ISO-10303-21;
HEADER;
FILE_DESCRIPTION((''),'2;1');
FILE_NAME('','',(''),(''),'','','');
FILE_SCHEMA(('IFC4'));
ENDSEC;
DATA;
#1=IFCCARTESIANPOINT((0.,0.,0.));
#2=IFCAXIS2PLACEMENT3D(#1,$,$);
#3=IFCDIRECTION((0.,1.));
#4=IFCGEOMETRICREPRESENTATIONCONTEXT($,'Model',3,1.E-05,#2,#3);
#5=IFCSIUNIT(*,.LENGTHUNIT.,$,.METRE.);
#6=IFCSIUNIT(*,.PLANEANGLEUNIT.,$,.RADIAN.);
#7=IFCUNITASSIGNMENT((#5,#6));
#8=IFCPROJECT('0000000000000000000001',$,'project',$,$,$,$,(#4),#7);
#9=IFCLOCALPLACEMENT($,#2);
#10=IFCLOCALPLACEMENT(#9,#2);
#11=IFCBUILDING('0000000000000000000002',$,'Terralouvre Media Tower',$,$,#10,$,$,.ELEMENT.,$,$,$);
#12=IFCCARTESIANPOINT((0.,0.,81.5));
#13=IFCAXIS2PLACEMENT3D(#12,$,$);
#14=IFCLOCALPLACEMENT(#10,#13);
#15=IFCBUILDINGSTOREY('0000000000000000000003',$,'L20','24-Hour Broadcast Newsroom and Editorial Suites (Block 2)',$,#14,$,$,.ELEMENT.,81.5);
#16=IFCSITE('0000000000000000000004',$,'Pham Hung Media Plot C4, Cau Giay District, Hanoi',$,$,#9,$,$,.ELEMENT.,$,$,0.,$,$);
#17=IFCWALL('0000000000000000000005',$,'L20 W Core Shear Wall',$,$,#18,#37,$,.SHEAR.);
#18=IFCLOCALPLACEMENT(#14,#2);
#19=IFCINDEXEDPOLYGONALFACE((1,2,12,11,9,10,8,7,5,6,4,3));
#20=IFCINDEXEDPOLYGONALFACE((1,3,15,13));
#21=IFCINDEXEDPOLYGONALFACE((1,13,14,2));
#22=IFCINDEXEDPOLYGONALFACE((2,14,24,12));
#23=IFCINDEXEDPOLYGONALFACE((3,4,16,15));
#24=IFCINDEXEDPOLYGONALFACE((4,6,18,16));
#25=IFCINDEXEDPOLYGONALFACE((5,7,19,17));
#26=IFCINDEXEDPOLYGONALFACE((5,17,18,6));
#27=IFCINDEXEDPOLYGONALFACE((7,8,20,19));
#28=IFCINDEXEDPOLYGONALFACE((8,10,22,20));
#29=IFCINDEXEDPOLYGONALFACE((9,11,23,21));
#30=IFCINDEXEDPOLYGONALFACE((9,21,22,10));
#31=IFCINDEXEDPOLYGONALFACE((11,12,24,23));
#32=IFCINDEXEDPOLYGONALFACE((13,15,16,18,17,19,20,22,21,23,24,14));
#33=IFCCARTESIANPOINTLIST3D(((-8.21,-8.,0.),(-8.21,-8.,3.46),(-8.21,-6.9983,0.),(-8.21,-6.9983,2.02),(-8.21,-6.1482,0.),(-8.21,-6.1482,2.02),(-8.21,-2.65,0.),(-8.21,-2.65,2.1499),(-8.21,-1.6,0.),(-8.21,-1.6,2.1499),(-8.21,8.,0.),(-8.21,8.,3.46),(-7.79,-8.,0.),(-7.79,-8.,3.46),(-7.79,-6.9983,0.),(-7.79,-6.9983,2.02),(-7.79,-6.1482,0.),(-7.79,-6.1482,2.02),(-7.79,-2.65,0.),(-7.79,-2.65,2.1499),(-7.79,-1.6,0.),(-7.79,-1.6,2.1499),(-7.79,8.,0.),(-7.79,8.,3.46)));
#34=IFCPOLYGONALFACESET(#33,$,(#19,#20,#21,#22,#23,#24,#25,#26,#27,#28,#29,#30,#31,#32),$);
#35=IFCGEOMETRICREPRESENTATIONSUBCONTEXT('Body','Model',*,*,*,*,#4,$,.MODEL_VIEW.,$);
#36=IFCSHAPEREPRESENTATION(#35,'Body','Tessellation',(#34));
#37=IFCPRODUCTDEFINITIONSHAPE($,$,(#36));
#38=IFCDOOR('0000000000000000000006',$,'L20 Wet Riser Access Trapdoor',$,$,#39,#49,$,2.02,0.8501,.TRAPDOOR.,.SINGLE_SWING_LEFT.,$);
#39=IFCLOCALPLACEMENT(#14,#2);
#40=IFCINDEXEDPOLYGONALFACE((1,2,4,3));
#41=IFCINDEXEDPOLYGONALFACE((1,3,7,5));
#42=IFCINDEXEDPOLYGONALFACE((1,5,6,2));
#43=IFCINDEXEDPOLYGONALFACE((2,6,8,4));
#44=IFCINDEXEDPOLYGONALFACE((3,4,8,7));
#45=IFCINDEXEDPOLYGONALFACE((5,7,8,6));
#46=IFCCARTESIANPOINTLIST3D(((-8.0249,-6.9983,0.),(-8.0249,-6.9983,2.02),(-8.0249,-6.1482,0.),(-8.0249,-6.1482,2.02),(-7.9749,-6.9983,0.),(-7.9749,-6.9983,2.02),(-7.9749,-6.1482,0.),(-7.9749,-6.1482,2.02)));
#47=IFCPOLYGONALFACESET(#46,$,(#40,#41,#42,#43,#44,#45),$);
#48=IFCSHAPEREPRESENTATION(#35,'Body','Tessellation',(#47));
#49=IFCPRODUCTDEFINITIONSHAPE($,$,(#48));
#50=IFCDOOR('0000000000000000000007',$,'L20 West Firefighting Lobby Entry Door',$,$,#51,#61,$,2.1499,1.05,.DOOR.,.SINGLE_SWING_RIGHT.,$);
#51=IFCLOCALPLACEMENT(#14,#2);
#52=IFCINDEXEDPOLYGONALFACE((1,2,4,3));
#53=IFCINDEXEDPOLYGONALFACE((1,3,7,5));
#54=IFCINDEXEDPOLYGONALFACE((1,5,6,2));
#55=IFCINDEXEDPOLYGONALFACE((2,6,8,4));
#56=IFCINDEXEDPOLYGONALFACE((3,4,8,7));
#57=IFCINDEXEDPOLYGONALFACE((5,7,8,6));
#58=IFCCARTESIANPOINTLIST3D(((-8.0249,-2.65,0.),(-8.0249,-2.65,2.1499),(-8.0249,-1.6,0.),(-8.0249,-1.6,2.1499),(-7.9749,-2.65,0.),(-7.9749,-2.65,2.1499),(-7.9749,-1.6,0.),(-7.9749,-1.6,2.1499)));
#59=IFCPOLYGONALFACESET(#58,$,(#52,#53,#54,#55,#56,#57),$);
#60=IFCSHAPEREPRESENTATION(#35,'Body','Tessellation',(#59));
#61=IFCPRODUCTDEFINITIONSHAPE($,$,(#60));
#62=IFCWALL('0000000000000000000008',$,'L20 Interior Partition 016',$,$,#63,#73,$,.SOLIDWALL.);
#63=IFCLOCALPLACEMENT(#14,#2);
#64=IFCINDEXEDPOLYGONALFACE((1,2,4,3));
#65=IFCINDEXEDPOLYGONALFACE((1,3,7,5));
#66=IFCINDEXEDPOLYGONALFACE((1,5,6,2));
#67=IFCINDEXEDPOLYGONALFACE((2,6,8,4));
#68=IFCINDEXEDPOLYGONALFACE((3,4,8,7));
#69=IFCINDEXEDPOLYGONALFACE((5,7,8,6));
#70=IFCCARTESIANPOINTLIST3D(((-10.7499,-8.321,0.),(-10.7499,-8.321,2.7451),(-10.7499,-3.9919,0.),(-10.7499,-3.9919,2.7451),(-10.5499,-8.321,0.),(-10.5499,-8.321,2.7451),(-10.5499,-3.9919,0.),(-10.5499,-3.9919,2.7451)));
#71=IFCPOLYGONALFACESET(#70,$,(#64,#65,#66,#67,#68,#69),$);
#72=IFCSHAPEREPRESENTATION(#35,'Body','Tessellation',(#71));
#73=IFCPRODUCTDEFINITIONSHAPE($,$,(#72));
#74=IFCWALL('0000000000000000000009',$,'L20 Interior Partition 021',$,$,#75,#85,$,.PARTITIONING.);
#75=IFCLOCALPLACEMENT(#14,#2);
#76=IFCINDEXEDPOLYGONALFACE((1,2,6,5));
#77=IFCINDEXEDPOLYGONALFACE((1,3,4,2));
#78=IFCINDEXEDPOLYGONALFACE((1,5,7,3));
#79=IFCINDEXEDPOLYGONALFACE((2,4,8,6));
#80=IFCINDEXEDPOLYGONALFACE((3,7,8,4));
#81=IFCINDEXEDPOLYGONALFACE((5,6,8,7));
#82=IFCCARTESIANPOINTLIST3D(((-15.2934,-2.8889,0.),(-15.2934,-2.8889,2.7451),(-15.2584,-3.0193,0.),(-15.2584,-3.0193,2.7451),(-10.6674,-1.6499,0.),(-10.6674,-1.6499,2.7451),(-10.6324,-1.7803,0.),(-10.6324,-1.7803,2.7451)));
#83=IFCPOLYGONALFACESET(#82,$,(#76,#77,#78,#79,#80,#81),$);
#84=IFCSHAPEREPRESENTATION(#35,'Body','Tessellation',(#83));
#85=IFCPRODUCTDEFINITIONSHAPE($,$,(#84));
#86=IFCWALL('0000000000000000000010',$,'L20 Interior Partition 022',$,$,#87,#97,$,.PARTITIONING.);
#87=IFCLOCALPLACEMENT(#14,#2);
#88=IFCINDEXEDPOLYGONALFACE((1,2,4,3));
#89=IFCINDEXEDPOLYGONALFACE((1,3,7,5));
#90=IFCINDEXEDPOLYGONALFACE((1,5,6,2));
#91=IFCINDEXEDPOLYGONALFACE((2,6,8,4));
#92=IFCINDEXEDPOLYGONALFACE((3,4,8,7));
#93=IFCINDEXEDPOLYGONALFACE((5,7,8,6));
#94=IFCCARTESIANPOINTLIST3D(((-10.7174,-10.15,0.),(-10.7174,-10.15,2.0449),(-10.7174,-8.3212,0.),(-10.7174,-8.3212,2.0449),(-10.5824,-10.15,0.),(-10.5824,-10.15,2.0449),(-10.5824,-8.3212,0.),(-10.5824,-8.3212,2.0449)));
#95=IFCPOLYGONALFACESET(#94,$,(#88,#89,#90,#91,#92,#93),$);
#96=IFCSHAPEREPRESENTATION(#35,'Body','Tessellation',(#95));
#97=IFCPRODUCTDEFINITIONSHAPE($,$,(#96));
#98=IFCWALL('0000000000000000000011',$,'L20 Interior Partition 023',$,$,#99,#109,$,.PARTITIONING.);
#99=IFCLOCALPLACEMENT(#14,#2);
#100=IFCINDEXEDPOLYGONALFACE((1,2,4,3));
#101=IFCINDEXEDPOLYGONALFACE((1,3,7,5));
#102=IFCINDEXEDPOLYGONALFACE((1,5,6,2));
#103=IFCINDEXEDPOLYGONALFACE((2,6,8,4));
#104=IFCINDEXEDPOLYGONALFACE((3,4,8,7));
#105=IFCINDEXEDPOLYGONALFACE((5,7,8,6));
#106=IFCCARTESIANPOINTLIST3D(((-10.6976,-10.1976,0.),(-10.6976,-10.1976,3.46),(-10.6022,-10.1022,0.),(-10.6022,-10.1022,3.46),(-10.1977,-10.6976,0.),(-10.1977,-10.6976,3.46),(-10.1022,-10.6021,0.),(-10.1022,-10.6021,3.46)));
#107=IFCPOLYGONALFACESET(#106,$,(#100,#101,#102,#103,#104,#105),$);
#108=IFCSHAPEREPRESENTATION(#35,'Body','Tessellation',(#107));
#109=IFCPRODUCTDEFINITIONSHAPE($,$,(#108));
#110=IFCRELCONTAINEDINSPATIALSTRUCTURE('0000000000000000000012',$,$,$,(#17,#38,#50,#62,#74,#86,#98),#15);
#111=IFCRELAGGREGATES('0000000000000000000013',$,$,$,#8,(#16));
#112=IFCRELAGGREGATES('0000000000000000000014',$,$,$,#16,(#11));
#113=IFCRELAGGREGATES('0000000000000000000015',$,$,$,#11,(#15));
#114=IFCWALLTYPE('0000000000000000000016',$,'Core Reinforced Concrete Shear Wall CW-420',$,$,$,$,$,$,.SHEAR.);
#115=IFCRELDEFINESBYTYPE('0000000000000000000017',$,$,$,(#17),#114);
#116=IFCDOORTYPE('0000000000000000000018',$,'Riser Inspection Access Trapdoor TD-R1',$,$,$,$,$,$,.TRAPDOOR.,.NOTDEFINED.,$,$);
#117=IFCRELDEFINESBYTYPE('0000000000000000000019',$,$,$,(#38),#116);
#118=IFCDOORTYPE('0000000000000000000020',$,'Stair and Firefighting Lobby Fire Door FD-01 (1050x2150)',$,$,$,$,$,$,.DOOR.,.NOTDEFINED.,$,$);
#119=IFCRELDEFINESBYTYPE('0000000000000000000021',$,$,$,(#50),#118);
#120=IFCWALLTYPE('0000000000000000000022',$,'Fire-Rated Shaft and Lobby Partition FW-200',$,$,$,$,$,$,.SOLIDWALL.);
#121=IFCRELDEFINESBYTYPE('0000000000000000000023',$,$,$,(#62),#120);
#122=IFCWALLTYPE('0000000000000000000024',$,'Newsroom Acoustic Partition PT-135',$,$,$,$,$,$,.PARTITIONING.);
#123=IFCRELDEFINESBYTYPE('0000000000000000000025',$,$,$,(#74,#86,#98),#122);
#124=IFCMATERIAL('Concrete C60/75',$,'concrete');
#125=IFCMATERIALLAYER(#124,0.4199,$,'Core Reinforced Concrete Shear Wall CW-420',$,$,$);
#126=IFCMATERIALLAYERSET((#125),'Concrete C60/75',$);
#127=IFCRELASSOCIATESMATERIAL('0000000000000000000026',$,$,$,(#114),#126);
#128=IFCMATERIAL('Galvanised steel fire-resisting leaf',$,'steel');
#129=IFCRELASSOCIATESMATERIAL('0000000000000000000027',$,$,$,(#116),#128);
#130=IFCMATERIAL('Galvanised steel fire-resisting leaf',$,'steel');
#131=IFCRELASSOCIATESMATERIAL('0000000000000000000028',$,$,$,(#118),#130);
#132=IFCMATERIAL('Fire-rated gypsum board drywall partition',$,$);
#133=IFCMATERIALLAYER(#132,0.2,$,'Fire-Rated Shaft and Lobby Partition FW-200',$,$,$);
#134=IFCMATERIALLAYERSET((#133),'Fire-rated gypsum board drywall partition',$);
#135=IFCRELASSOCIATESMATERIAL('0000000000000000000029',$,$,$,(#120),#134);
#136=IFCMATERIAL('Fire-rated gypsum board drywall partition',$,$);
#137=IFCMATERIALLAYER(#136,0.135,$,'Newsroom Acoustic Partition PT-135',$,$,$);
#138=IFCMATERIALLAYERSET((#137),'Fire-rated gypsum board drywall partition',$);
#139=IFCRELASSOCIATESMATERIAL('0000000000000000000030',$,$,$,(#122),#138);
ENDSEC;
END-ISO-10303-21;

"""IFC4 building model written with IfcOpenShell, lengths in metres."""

from ifc_helpers import new_model, si_unit, direction, frame, frame_2d, origin, place, context, subcontext, project, spatial, rectangle, extrude, material, layer, layer_set, type_object, element, fill, save


model = new_model("IFC4")

# Units and contexts
model_context = context("Model", 3, precision=1e-05, world=origin(), true_north=direction((0.0, 1.0)))
body_context = subcontext(model_context, "Body", "Model", "MODEL_VIEW")
ifc_project = project(units=[si_unit("LENGTHUNIT", "METRE"), si_unit("PLANEANGLEUNIT", "RADIAN")], contexts=[model_context])

# Site, building, storey
site_placement = place(None, origin())
site = spatial("IfcSite", under=ifc_project, at=site_placement, Name="Pham Hung Media Plot C4, Cau Giay District, Hanoi", CompositionType="ELEMENT", RefElevation=0.0)
building_placement = place(site_placement, origin())
building = spatial("IfcBuilding", under=site, at=building_placement, Name="Terralouvre Media Tower", CompositionType="ELEMENT")
storey_placement = place(building_placement, frame((0.0, 0.0, 81.5)))
storey = spatial("IfcBuildingStorey", under=building, at=storey_placement, Name="L20", Description="24-Hour Broadcast Newsroom and Editorial Suites (Block 2)", CompositionType="ELEMENT", Elevation=81.5)

# Wall, openings, doors
ifc_material_1 = material(Name="Concrete C60/75", Category="concrete")
ifc_layer_1 = layer(ifc_material_1, 0.4199, Name="Core Reinforced Concrete Shear Wall CW-420")
ifc_layer_set_1 = layer_set([ifc_layer_1], Name="Concrete C60/75")
wall_type_1 = type_object("IfcWallType", Name="Core Reinforced Concrete Shear Wall CW-420", PredefinedType="SHEAR", material=ifc_layer_set_1)
wall_1_placement = place(storey_placement, frame((-8.0, -8.0, 0.0), z_axis=(0.0, 0.0, 1.0), x_axis=(0.0, 1.0, 0.0)))
wall_1 = element("IfcWall", 1, at=wall_1_placement, inside=storey, type_object=wall_type_1, Name="L20 W Core Shear Wall", PredefinedType="SHEAR", context=body_context, shape_type="SweptSolid", body=[
    extrude(rectangle(XDim=16.0, YDim=0.4199, at=frame_2d((8.0, 0.0))), origin(), (0.0, 0.0, 1.0), 3.46),
])
opening_1_placement = place(wall_1_placement, frame((1.0017, 0.0, 0.0)))
opening_1 = element("IfcOpeningElement", 2, at=opening_1_placement, cuts=wall_1, PredefinedType="OPENING", context=body_context, shape_type="SweptSolid", body=[
    extrude(rectangle(XDim=0.8501, YDim=2.02, at=frame_2d((0.425, 1.01))), frame((0.0, 0.22, 0.0), z_axis=(0.0, -1.0, 0.0), x_axis=(1.0, 0.0, 0.0)), (0.0, 0.0, 1.0), 0.4399),
])
opening_2_placement = place(wall_1_placement, frame((5.3501, 0.0, 0.0)))
opening_2 = element("IfcOpeningElement", 3, at=opening_2_placement, cuts=wall_1, PredefinedType="OPENING", context=body_context, shape_type="SweptSolid", body=[
    extrude(rectangle(XDim=1.05, YDim=2.1499, at=frame_2d((0.5249, 1.075))), frame((0.0, 0.22, 0.0), z_axis=(0.0, -1.0, 0.0), x_axis=(1.0, 0.0, 0.0)), (0.0, 0.0, 1.0), 0.4399),
])
ifc_material_2 = material(Name="Galvanised steel fire-resisting leaf", Category="steel")
door_type_1 = type_object("IfcDoorType", Name="Riser Inspection Access Trapdoor TD-R1", OperationType="NOTDEFINED", PredefinedType="TRAPDOOR", material=ifc_material_2)
door_1_placement = place(opening_1_placement, origin())
door_1 = element("IfcDoor", 4, at=door_1_placement, inside=storey, type_object=door_type_1, Name="L20 Wet Riser Access Trapdoor", OperationType="SINGLE_SWING_LEFT", OverallHeight=2.02, OverallWidth=0.8501, PredefinedType="TRAPDOOR", context=body_context, shape_type="SweptSolid", body=[
    extrude(rectangle(XDim=0.8501, YDim=2.02, at=frame_2d((0.425, 1.01))), frame((0.0, 0.0249, 0.0), z_axis=(0.0, -1.0, 0.0), x_axis=(1.0, 0.0, 0.0)), (0.0, 0.0, 1.0), 0.05),
])
fill(opening_1, door_1)
ifc_material_3 = material(Name="Galvanised steel fire-resisting leaf", Category="steel")
door_type_2 = type_object("IfcDoorType", Name="Stair and Firefighting Lobby Fire Door FD-01 (1050x2150)", OperationType="NOTDEFINED", PredefinedType="DOOR", material=ifc_material_3)
door_2_placement = place(opening_2_placement, origin())
door_2 = element("IfcDoor", 5, at=door_2_placement, inside=storey, type_object=door_type_2, Name="L20 West Firefighting Lobby Entry Door", OperationType="SINGLE_SWING_RIGHT", OverallHeight=2.1499, OverallWidth=1.05, PredefinedType="DOOR", context=body_context, shape_type="SweptSolid", body=[
    extrude(rectangle(XDim=1.05, YDim=2.1499, at=frame_2d((0.5249, 1.075))), frame((0.0, 0.0249, 0.0), z_axis=(0.0, -1.0, 0.0), x_axis=(1.0, 0.0, 0.0)), (0.0, 0.0, 1.0), 0.05),
])
fill(opening_2, door_2)

# Walls
ifc_material_4 = material(Name="Fire-rated gypsum board drywall partition")
ifc_layer_2 = layer(ifc_material_4, 0.2, Name="Fire-Rated Shaft and Lobby Partition FW-200")
ifc_layer_set_2 = layer_set([ifc_layer_2], Name="Fire-rated gypsum board drywall partition")
wall_type_2 = type_object("IfcWallType", Name="Fire-Rated Shaft and Lobby Partition FW-200", PredefinedType="SOLIDWALL", material=ifc_layer_set_2)
wall_2_placement = place(storey_placement, frame((-10.6499, -3.9919, 0.0), z_axis=(0.0, 0.0, 1.0), x_axis=(0.0, -1.0, 0.0)))
element("IfcWall", 6, at=wall_2_placement, inside=storey, type_object=wall_type_2, Name="L20 Interior Partition 016", PredefinedType="SOLIDWALL", context=body_context, shape_type="SweptSolid", body=[
    extrude(rectangle(XDim=4.3291, YDim=0.2, at=frame_2d((2.1646, 0.0))), origin(), (0.0, 0.0, 1.0), 2.7451),
])
ifc_material_5 = material(Name="Fire-rated gypsum board drywall partition")
ifc_layer_3 = layer(ifc_material_5, 0.135, Name="Newsroom Acoustic Partition PT-135")
ifc_layer_set_3 = layer_set([ifc_layer_3], Name="Fire-rated gypsum board drywall partition")
wall_type_3 = type_object("IfcWallType", Name="Newsroom Acoustic Partition PT-135", PredefinedType="PARTITIONING", material=ifc_layer_set_3)
wall_3_placement = place(storey_placement, frame((-10.6499, -1.7151, 0.0), z_axis=(0.0, 0.0, 1.0), x_axis=(-0.965953, -0.258719, 0.0)))
element("IfcWall", 7, at=wall_3_placement, inside=storey, type_object=wall_type_3, Name="L20 Interior Partition 021", PredefinedType="PARTITIONING", context=body_context, shape_type="SweptSolid", body=[
    extrude(rectangle(XDim=4.7891, YDim=0.135, at=frame_2d((2.3945, 0.0))), origin(), (0.0, 0.0, 1.0), 2.7451),
])
wall_4_placement = place(storey_placement, frame((-10.6499, -8.321, 0.0), z_axis=(0.0, 0.0, 1.0), x_axis=(0.0, -1.0, 0.0)))
element("IfcWall", 8, at=wall_4_placement, inside=storey, type_object=wall_type_3, Name="L20 Interior Partition 022", PredefinedType="PARTITIONING", context=body_context, shape_type="SweptSolid", body=[
    extrude(rectangle(XDim=1.8289, YDim=0.135, at=frame_2d((0.9146, 0.0))), origin(), (0.0, 0.0, 1.0), 2.0449),
])
wall_5_placement = place(storey_placement, frame((-10.6499, -10.1499, 0.0), z_axis=(0.0, 0.0, 1.0), x_axis=(0.707107, -0.707107, 0.0)))
element("IfcWall", 9, at=wall_5_placement, inside=storey, type_object=wall_type_3, Name="L20 Interior Partition 023", PredefinedType="PARTITIONING", context=body_context, shape_type="SweptSolid", body=[
    extrude(rectangle(XDim=0.707, YDim=0.135, at=frame_2d((0.3535, 0.0))), origin(), (0.0, 0.0, 1.0), 3.46),
])

save(model, "model.ifc")
